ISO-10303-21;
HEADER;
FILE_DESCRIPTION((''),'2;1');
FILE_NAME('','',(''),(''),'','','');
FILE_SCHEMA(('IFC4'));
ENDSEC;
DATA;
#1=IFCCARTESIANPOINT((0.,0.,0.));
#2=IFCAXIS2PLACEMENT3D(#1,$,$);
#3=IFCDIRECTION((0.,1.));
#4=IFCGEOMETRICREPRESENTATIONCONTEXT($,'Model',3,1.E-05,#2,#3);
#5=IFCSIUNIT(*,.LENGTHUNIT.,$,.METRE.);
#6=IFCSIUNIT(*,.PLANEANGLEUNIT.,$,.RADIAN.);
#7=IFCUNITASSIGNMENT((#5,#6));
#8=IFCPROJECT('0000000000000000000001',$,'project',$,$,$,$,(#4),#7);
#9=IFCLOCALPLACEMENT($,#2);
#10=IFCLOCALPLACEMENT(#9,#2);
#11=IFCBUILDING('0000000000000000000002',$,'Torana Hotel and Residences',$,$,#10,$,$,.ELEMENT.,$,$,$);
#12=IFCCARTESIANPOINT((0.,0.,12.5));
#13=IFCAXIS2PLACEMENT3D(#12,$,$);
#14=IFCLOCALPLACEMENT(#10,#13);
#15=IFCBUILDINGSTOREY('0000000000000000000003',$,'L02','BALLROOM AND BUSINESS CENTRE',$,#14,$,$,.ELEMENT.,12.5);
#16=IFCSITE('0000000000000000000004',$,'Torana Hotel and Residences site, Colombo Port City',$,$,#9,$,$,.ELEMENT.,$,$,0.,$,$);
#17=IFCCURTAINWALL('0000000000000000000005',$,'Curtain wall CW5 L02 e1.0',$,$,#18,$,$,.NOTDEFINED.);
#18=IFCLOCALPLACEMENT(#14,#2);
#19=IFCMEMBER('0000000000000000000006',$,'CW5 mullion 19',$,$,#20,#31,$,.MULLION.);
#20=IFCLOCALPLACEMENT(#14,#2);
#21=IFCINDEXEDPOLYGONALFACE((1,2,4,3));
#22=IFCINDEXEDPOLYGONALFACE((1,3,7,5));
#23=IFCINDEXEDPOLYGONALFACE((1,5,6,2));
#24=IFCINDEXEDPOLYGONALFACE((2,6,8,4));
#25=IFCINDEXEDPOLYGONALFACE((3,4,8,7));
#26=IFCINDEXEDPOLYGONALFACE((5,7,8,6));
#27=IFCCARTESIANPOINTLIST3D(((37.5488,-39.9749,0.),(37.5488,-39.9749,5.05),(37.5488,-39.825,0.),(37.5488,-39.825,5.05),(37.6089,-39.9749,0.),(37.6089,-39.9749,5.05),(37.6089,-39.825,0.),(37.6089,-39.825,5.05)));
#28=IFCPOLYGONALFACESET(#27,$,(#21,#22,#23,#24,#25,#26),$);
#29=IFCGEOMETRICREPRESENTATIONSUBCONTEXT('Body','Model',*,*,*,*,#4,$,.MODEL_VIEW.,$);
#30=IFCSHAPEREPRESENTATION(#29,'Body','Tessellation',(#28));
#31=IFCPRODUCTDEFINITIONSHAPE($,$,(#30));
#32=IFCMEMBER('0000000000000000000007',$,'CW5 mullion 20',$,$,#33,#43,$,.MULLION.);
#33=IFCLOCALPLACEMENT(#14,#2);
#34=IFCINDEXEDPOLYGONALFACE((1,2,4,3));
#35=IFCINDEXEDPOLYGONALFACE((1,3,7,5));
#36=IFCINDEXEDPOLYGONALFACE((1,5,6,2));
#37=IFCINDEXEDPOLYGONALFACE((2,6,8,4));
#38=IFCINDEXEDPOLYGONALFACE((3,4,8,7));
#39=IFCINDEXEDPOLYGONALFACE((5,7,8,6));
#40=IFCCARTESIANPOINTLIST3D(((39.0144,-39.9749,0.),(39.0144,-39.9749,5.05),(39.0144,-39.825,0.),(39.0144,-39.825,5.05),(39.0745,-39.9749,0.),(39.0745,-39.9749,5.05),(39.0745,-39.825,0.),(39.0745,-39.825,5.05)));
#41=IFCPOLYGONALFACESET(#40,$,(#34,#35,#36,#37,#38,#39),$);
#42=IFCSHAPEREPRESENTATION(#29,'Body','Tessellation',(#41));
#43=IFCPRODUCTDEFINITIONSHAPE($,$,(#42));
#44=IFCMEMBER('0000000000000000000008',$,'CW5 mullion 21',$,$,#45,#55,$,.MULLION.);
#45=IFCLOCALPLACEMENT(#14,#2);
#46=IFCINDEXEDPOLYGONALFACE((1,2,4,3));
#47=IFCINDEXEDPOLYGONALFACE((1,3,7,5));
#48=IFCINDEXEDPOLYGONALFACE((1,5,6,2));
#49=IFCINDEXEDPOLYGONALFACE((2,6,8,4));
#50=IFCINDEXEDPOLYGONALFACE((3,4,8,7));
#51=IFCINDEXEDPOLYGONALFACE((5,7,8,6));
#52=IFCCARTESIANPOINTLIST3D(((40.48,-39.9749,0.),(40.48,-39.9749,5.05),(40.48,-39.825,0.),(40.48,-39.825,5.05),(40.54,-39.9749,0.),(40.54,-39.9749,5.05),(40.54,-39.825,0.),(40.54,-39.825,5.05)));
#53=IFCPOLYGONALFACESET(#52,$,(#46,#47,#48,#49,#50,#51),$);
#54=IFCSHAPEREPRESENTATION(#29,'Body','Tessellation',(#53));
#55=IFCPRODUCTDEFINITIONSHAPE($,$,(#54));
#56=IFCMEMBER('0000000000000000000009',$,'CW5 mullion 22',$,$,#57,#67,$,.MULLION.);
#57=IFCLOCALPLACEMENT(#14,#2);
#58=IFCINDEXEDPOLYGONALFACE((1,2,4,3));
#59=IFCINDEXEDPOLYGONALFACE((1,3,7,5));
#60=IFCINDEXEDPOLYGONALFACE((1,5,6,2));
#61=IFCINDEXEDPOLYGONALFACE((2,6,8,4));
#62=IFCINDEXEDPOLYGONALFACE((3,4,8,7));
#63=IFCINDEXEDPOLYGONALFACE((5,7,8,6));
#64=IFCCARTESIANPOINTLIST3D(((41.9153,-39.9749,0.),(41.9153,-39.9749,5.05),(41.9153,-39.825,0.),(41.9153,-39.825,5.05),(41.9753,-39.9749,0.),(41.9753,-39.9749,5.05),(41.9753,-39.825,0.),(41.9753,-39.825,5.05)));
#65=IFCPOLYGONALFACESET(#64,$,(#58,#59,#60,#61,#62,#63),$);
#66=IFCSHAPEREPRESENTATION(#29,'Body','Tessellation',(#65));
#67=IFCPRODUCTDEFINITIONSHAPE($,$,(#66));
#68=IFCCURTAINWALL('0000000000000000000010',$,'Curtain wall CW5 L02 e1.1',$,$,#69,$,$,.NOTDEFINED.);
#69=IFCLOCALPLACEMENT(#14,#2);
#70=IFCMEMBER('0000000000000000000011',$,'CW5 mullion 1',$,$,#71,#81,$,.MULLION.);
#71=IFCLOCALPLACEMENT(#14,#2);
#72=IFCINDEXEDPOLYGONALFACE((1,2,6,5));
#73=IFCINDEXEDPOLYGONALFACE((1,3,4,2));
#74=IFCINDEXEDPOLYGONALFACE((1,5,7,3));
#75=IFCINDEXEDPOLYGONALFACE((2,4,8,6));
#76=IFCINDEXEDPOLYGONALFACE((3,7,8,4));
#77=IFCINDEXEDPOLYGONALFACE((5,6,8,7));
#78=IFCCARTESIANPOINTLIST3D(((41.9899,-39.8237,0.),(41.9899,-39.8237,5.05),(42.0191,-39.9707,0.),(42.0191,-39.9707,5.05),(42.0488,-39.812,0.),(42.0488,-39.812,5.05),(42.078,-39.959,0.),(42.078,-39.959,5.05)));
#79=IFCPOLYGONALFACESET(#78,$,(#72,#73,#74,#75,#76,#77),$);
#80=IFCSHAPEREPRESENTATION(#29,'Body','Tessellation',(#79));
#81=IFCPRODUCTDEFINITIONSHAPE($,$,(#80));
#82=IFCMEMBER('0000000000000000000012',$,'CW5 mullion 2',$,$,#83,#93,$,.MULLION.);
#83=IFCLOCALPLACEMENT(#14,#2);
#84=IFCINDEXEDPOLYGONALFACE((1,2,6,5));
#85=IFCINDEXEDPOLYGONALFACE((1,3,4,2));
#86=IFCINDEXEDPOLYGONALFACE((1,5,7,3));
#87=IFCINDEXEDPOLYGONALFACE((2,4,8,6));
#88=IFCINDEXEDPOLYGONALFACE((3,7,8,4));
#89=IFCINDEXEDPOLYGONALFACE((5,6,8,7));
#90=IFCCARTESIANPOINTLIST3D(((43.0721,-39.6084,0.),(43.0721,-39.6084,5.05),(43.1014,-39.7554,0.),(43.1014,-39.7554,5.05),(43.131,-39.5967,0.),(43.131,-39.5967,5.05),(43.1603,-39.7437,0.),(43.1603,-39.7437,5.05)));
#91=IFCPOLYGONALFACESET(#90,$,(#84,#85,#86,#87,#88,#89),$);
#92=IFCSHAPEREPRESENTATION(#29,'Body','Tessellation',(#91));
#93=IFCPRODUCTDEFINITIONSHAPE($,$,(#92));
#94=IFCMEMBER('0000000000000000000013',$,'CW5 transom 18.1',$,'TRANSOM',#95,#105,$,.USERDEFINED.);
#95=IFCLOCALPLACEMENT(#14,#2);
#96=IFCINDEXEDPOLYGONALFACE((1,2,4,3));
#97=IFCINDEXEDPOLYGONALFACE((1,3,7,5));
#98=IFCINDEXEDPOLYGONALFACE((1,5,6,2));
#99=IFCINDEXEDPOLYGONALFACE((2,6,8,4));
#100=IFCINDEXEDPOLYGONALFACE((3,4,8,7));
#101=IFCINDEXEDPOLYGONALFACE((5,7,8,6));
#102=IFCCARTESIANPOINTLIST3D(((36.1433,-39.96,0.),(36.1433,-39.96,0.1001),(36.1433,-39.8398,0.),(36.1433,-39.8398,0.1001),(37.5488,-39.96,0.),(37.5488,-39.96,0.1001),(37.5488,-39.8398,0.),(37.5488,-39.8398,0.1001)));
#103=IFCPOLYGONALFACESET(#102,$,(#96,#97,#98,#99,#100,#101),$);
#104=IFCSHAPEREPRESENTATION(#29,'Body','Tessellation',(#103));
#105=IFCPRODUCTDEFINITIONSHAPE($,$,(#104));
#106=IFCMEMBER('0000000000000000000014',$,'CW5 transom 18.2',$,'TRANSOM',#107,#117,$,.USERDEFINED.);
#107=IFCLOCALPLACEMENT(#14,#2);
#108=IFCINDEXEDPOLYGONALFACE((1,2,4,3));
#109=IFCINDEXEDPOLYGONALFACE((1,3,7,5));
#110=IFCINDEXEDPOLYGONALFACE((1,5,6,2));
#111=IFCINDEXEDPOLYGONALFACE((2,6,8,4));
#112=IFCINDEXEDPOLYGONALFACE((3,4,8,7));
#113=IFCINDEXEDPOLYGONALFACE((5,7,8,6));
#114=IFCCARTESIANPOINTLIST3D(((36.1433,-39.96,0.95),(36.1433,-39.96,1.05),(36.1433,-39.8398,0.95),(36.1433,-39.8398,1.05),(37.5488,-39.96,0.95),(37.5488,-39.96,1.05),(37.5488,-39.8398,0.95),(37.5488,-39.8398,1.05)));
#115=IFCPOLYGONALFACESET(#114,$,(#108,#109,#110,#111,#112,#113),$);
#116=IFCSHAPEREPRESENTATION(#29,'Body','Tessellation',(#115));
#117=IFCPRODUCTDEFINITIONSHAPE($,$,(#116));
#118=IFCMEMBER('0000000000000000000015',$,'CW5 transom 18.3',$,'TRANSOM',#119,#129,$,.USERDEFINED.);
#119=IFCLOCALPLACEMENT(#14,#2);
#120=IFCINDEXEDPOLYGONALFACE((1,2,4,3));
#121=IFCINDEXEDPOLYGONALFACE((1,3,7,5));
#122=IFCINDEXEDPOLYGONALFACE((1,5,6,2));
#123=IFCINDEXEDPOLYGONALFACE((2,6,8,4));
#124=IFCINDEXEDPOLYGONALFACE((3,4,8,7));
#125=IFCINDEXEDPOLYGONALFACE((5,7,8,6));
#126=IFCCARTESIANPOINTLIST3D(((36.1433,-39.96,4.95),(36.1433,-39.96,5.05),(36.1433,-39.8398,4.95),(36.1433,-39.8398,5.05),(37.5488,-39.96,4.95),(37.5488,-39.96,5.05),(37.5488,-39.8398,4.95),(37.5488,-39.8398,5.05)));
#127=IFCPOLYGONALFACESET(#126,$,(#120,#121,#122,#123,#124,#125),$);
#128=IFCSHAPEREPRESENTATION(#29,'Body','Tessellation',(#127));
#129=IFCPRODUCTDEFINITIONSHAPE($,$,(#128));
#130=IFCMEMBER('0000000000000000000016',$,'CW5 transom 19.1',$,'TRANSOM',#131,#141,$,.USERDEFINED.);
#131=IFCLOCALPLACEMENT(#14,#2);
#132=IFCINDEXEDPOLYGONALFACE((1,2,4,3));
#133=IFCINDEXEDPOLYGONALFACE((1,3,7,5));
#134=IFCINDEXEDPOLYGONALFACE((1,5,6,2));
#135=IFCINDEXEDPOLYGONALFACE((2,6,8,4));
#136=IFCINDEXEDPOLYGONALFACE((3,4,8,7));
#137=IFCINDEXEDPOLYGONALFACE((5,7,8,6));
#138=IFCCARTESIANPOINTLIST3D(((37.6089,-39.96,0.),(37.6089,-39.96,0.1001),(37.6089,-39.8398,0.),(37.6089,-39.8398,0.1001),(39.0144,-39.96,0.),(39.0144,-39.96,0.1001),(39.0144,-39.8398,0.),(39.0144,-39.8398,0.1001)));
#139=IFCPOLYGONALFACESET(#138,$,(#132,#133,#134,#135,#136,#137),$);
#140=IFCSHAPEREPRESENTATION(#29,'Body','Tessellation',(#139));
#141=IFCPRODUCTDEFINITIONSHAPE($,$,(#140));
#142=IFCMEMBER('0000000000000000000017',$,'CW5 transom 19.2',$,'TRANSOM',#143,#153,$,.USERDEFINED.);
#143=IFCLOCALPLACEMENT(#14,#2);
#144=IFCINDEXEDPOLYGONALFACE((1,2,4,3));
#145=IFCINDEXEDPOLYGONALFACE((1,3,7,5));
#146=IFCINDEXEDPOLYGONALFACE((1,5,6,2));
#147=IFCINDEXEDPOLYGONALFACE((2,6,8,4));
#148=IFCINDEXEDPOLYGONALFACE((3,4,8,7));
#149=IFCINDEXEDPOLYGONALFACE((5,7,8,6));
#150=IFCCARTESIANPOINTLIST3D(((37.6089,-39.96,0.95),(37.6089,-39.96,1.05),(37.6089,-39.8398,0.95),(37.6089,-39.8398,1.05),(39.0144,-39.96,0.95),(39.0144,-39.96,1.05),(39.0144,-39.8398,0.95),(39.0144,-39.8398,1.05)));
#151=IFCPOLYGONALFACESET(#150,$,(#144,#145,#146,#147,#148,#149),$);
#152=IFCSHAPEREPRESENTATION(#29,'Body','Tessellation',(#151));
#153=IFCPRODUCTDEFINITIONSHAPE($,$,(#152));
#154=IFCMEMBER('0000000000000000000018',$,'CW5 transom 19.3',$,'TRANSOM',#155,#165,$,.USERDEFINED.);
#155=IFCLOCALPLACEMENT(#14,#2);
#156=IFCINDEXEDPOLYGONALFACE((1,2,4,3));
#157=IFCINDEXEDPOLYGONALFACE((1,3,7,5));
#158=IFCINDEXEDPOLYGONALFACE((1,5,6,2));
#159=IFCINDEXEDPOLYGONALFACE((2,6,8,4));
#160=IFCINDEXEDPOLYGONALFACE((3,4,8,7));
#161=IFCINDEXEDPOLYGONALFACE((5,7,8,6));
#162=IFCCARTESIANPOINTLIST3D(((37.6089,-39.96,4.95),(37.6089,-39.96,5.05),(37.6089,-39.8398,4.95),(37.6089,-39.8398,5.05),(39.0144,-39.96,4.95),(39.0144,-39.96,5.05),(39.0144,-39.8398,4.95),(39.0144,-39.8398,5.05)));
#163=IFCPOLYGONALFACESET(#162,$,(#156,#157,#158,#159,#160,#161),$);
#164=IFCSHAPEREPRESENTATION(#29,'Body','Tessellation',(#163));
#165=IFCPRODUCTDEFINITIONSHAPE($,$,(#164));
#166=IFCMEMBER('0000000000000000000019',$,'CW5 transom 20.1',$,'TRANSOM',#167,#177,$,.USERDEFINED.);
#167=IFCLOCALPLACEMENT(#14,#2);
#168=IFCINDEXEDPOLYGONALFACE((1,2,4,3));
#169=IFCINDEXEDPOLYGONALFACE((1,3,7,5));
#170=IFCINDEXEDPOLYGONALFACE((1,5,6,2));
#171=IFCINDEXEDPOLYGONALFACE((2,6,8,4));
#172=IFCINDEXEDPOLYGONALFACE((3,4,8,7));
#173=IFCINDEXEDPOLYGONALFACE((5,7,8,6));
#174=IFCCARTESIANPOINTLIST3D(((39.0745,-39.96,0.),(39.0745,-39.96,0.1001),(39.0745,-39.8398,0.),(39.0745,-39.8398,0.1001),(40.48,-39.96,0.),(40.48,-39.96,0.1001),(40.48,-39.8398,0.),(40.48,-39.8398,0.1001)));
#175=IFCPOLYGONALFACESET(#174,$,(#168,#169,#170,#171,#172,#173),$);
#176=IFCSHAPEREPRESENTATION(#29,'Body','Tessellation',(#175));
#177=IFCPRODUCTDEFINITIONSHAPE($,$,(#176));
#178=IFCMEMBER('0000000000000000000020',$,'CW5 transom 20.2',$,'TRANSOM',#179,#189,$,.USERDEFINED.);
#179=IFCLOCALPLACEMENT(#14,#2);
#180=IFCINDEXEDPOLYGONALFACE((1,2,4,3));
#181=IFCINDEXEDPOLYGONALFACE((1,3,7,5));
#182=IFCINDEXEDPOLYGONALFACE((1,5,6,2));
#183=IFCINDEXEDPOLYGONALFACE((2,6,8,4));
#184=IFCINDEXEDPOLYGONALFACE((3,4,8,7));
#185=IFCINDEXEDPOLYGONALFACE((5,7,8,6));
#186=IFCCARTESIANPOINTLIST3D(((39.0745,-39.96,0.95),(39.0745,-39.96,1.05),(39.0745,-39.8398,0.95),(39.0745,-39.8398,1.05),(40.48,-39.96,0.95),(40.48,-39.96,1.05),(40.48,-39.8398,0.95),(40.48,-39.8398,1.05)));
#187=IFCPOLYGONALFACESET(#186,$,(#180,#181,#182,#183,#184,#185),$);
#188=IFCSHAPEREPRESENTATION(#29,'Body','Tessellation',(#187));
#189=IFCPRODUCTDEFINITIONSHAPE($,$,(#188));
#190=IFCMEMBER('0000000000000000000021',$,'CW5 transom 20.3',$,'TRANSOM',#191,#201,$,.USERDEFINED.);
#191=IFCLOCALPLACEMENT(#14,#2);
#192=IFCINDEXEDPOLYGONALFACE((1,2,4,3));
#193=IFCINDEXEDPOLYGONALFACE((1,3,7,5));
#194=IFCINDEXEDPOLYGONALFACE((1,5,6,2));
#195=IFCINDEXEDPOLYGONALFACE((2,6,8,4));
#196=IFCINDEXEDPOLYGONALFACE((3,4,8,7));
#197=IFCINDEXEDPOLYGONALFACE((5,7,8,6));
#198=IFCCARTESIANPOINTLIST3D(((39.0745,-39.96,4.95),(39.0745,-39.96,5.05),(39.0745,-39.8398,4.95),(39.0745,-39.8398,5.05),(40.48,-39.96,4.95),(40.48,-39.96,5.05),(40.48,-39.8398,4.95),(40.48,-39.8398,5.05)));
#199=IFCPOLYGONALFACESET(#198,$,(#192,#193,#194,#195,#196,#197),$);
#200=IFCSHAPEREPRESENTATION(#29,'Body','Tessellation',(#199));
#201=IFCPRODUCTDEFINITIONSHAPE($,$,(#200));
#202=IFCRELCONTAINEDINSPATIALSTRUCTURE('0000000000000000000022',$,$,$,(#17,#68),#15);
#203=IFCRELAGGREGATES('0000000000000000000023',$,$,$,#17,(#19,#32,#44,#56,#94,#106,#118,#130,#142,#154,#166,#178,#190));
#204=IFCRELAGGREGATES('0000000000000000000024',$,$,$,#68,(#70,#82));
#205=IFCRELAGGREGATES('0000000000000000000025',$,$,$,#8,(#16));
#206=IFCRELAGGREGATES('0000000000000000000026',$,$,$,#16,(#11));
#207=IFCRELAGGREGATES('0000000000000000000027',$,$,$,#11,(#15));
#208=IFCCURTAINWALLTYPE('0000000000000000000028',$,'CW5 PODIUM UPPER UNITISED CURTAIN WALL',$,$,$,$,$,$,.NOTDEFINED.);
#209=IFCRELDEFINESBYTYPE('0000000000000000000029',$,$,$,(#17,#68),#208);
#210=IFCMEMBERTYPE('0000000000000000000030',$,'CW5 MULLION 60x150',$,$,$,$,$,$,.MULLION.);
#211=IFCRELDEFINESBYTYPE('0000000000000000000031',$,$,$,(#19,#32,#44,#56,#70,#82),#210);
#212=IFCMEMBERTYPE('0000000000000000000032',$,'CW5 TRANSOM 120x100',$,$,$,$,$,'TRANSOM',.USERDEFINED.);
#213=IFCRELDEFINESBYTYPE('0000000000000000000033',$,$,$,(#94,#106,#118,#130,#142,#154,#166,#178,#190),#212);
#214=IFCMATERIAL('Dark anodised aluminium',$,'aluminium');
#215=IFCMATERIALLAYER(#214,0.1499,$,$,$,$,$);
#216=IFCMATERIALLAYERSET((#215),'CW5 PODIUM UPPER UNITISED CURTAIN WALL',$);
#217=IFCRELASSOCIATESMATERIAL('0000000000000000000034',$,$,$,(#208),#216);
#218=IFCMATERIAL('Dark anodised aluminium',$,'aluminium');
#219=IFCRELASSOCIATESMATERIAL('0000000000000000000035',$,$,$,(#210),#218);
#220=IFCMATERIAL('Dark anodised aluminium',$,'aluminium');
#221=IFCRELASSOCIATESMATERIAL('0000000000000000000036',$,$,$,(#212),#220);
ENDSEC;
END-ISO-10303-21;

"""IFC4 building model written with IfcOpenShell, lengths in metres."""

from ifc_helpers import new_model, si_unit, direction, frame, origin, origin_2d, place, context, subcontext, project, spatial, rectangle, extrude, material, layer, layer_set, material_profile, profile_set, type_object, element, aggregate, save


model = new_model("IFC4")

# Units and contexts
model_context = context("Model", 3, precision=1e-05, world=origin(), true_north=direction((0.0, 1.0)))
body_context = subcontext(model_context, "Body", "Model", "MODEL_VIEW")
ifc_project = project(units=[si_unit("LENGTHUNIT", "METRE"), si_unit("PLANEANGLEUNIT", "RADIAN")], contexts=[model_context])

# Site, building, storey
site_placement = place(None, origin())
site = spatial("IfcSite", under=ifc_project, at=site_placement, Name="Torana Hotel and Residences site, Colombo Port City", CompositionType="ELEMENT", RefElevation=0.0)
building_placement = place(site_placement, origin())
building = spatial("IfcBuilding", under=site, at=building_placement, Name="Torana Hotel and Residences", CompositionType="ELEMENT")
storey_placement = place(building_placement, frame((0.0, 0.0, 12.5)))
storey = spatial("IfcBuildingStorey", under=building, at=storey_placement, Name="L02", Description="BALLROOM AND BUSINESS CENTRE", CompositionType="ELEMENT", Elevation=12.5)

# Curtain walls, members
ifc_material_1 = material(Name="Dark anodised aluminium", Category="aluminium")
ifc_layer_1 = layer(ifc_material_1, 0.1499)
ifc_layer_set_1 = layer_set([ifc_layer_1], Name="CW5 PODIUM UPPER UNITISED CURTAIN WALL")
curtain_wall_type = type_object("IfcCurtainWallType", Name="CW5 PODIUM UPPER UNITISED CURTAIN WALL", PredefinedType="NOTDEFINED", material=ifc_layer_set_1)
curtain_wall_1_placement = place(storey_placement, origin())
curtain_wall_1 = element("IfcCurtainWall", 1, at=curtain_wall_1_placement, inside=storey, type_object=curtain_wall_type, Name="Curtain wall CW5 L02 e1.0", PredefinedType="NOTDEFINED")
ifc_material_2 = material(Name="Dark anodised aluminium", Category="aluminium")
ifc_material_profile_1 = material_profile(ifc_material_2, rectangle(XDim=0.1499, YDim=0.0601, at=origin_2d()), Name="CW5 MULLION 60x150")
ifc_profile_set_1 = profile_set([ifc_material_profile_1], Name="Dark anodised aluminium")
member_type_1 = type_object("IfcMemberType", Name="CW5 MULLION 60x150", PredefinedType="MULLION", material=ifc_profile_set_1)
member_1_placement = place(storey_placement, frame((37.5789, -39.8999, 0.0), z_axis=(0.0, 0.0, 1.0), x_axis=(0.0, 1.0, 0.0)))
member_1 = element("IfcMember", 2, at=member_1_placement, type_object=member_type_1, Name="CW5 mullion 19", PredefinedType="MULLION", context=body_context, shape_type="SweptSolid", body=[
    extrude(rectangle(XDim=0.1499, YDim=0.0601, at=origin_2d()), origin(), (0.0, 0.0, 1.0), 5.05),
])
member_2_placement = place(storey_placement, frame((39.0444, -39.8999, 0.0), z_axis=(0.0, 0.0, 1.0), x_axis=(0.0, 1.0, 0.0)))
member_2 = element("IfcMember", 3, at=member_2_placement, type_object=member_type_1, Name="CW5 mullion 20", PredefinedType="MULLION", context=body_context, shape_type="SweptSolid", body=[
    extrude(rectangle(XDim=0.1499, YDim=0.0601, at=origin_2d()), origin(), (0.0, 0.0, 1.0), 5.05),
])
member_3_placement = place(storey_placement, frame((40.51, -39.8999, 0.0), z_axis=(0.0, 0.0, 1.0), x_axis=(0.0, 1.0, 0.0)))
member_3 = element("IfcMember", 4, at=member_3_placement, type_object=member_type_1, Name="CW5 mullion 21", PredefinedType="MULLION", context=body_context, shape_type="SweptSolid", body=[
    extrude(rectangle(XDim=0.1499, YDim=0.0601, at=origin_2d()), origin(), (0.0, 0.0, 1.0), 5.05),
])
member_4_placement = place(storey_placement, frame((41.9453, -39.8999, 0.0), z_axis=(0.0, 0.0, 1.0), x_axis=(0.0, 1.0, 0.0)))
member_4 = element("IfcMember", 5, at=member_4_placement, type_object=member_type_1, Name="CW5 mullion 22", PredefinedType="MULLION", context=body_context, shape_type="SweptSolid", body=[
    extrude(rectangle(XDim=0.1499, YDim=0.0601, at=origin_2d()), origin(), (0.0, 0.0, 1.0), 5.05),
])
curtain_wall_2_placement = place(storey_placement, origin())
curtain_wall_2 = element("IfcCurtainWall", 6, at=curtain_wall_2_placement, inside=storey, type_object=curtain_wall_type, Name="Curtain wall CW5 L02 e1.1", PredefinedType="NOTDEFINED")
member_5_placement = place(storey_placement, frame((42.0339, -39.8914, 0.0), z_axis=(0.0, 0.0, 1.0), x_axis=(-0.195081, 0.980787, 0.0)))
member_5 = element("IfcMember", 7, at=member_5_placement, type_object=member_type_1, Name="CW5 mullion 1", PredefinedType="MULLION", context=body_context, shape_type="SweptSolid", body=[
    extrude(rectangle(XDim=0.1499, YDim=0.0601, at=origin_2d()), origin(), (0.0, 0.0, 1.0), 5.05),
])
member_6_placement = place(storey_placement, frame((43.1162, -39.676, 0.0), z_axis=(0.0, 0.0, 1.0), x_axis=(-0.195081, 0.980787, 0.0)))
member_6 = element("IfcMember", 8, at=member_6_placement, type_object=member_type_1, Name="CW5 mullion 2", PredefinedType="MULLION", context=body_context, shape_type="SweptSolid", body=[
    extrude(rectangle(XDim=0.1499, YDim=0.0601, at=origin_2d()), origin(), (0.0, 0.0, 1.0), 5.05),
])

# Members
ifc_material_3 = material(Name="Dark anodised aluminium", Category="aluminium")
ifc_material_profile_2 = material_profile(ifc_material_3, rectangle(XDim=0.1201, YDim=0.1001, at=origin_2d()), Name="CW5 TRANSOM 120x100")
ifc_profile_set_2 = profile_set([ifc_material_profile_2], Name="Dark anodised aluminium")
member_type_2 = type_object("IfcMemberType", Name="CW5 TRANSOM 120x100", ElementType="TRANSOM", PredefinedType="USERDEFINED", material=ifc_profile_set_2)
member_7_placement = place(storey_placement, frame((36.1433, -39.8999, 0.05), z_axis=(1.0, 0.0, 0.0), x_axis=(0.0, 1.0, 0.0)))
member_7 = element("IfcMember", 9, at=member_7_placement, type_object=member_type_2, Name="CW5 transom 18.1", ObjectType="TRANSOM", PredefinedType="USERDEFINED", context=body_context, shape_type="SweptSolid", body=[
    extrude(rectangle(XDim=0.1201, YDim=0.1001, at=origin_2d()), origin(), (0.0, 0.0, 1.0), 1.4055),
])
member_8_placement = place(storey_placement, frame((36.1433, -39.8999, 1.0), z_axis=(1.0, 0.0, 0.0), x_axis=(0.0, 1.0, 0.0)))
member_8 = element("IfcMember", 10, at=member_8_placement, type_object=member_type_2, Name="CW5 transom 18.2", ObjectType="TRANSOM", PredefinedType="USERDEFINED", context=body_context, shape_type="SweptSolid", body=[
    extrude(rectangle(XDim=0.1201, YDim=0.1001, at=origin_2d()), origin(), (0.0, 0.0, 1.0), 1.4055),
])
member_9_placement = place(storey_placement, frame((36.1433, -39.8999, 5.0), z_axis=(1.0, 0.0, 0.0), x_axis=(0.0, 1.0, 0.0)))
member_9 = element("IfcMember", 11, at=member_9_placement, type_object=member_type_2, Name="CW5 transom 18.3", ObjectType="TRANSOM", PredefinedType="USERDEFINED", context=body_context, shape_type="SweptSolid", body=[
    extrude(rectangle(XDim=0.1201, YDim=0.1001, at=origin_2d()), origin(), (0.0, 0.0, 1.0), 1.4055),
])
member_10_placement = place(storey_placement, frame((37.6089, -39.8999, 0.05), z_axis=(1.0, 0.0, 0.0), x_axis=(0.0, 1.0, 0.0)))
member_10 = element("IfcMember", 12, at=member_10_placement, type_object=member_type_2, Name="CW5 transom 19.1", ObjectType="TRANSOM", PredefinedType="USERDEFINED", context=body_context, shape_type="SweptSolid", body=[
    extrude(rectangle(XDim=0.1201, YDim=0.1001, at=origin_2d()), origin(), (0.0, 0.0, 1.0), 1.4055),
])
member_11_placement = place(storey_placement, frame((37.6089, -39.8999, 1.0), z_axis=(1.0, 0.0, 0.0), x_axis=(0.0, 1.0, 0.0)))
member_11 = element("IfcMember", 13, at=member_11_placement, type_object=member_type_2, Name="CW5 transom 19.2", ObjectType="TRANSOM", PredefinedType="USERDEFINED", context=body_context, shape_type="SweptSolid", body=[
    extrude(rectangle(XDim=0.1201, YDim=0.1001, at=origin_2d()), origin(), (0.0, 0.0, 1.0), 1.4055),
])
member_12_placement = place(storey_placement, frame((37.6089, -39.8999, 5.0), z_axis=(1.0, 0.0, 0.0), x_axis=(0.0, 1.0, 0.0)))
member_12 = element("IfcMember", 14, at=member_12_placement, type_object=member_type_2, Name="CW5 transom 19.3", ObjectType="TRANSOM", PredefinedType="USERDEFINED", context=body_context, shape_type="SweptSolid", body=[
    extrude(rectangle(XDim=0.1201, YDim=0.1001, at=origin_2d()), origin(), (0.0, 0.0, 1.0), 1.4055),
])
member_13_placement = place(storey_placement, frame((39.0745, -39.8999, 0.05), z_axis=(1.0, 0.0, 0.0), x_axis=(0.0, 1.0, 0.0)))
member_13 = element("IfcMember", 15, at=member_13_placement, type_object=member_type_2, Name="CW5 transom 20.1", ObjectType="TRANSOM", PredefinedType="USERDEFINED", context=body_context, shape_type="SweptSolid", body=[
    extrude(rectangle(XDim=0.1201, YDim=0.1001, at=origin_2d()), origin(), (0.0, 0.0, 1.0), 1.4055),
])
member_14_placement = place(storey_placement, frame((39.0745, -39.8999, 1.0), z_axis=(1.0, 0.0, 0.0), x_axis=(0.0, 1.0, 0.0)))
member_14 = element("IfcMember", 16, at=member_14_placement, type_object=member_type_2, Name="CW5 transom 20.2", ObjectType="TRANSOM", PredefinedType="USERDEFINED", context=body_context, shape_type="SweptSolid", body=[
    extrude(rectangle(XDim=0.1201, YDim=0.1001, at=origin_2d()), origin(), (0.0, 0.0, 1.0), 1.4055),
])
member_15_placement = place(storey_placement, frame((39.0745, -39.8999, 5.0), z_axis=(1.0, 0.0, 0.0), x_axis=(0.0, 1.0, 0.0)))
member_15 = element("IfcMember", 17, at=member_15_placement, type_object=member_type_2, Name="CW5 transom 20.3", ObjectType="TRANSOM", PredefinedType="USERDEFINED", context=body_context, shape_type="SweptSolid", body=[
    extrude(rectangle(XDim=0.1201, YDim=0.1001, at=origin_2d()), origin(), (0.0, 0.0, 1.0), 1.4055),
])

aggregate(curtain_wall_1, [member_1, member_2, member_3, member_4, member_7, member_8, member_9, member_10, member_11, member_12, member_13, member_14, member_15])
aggregate(curtain_wall_2, [member_5, member_6])

save(model, "model.ifc")
